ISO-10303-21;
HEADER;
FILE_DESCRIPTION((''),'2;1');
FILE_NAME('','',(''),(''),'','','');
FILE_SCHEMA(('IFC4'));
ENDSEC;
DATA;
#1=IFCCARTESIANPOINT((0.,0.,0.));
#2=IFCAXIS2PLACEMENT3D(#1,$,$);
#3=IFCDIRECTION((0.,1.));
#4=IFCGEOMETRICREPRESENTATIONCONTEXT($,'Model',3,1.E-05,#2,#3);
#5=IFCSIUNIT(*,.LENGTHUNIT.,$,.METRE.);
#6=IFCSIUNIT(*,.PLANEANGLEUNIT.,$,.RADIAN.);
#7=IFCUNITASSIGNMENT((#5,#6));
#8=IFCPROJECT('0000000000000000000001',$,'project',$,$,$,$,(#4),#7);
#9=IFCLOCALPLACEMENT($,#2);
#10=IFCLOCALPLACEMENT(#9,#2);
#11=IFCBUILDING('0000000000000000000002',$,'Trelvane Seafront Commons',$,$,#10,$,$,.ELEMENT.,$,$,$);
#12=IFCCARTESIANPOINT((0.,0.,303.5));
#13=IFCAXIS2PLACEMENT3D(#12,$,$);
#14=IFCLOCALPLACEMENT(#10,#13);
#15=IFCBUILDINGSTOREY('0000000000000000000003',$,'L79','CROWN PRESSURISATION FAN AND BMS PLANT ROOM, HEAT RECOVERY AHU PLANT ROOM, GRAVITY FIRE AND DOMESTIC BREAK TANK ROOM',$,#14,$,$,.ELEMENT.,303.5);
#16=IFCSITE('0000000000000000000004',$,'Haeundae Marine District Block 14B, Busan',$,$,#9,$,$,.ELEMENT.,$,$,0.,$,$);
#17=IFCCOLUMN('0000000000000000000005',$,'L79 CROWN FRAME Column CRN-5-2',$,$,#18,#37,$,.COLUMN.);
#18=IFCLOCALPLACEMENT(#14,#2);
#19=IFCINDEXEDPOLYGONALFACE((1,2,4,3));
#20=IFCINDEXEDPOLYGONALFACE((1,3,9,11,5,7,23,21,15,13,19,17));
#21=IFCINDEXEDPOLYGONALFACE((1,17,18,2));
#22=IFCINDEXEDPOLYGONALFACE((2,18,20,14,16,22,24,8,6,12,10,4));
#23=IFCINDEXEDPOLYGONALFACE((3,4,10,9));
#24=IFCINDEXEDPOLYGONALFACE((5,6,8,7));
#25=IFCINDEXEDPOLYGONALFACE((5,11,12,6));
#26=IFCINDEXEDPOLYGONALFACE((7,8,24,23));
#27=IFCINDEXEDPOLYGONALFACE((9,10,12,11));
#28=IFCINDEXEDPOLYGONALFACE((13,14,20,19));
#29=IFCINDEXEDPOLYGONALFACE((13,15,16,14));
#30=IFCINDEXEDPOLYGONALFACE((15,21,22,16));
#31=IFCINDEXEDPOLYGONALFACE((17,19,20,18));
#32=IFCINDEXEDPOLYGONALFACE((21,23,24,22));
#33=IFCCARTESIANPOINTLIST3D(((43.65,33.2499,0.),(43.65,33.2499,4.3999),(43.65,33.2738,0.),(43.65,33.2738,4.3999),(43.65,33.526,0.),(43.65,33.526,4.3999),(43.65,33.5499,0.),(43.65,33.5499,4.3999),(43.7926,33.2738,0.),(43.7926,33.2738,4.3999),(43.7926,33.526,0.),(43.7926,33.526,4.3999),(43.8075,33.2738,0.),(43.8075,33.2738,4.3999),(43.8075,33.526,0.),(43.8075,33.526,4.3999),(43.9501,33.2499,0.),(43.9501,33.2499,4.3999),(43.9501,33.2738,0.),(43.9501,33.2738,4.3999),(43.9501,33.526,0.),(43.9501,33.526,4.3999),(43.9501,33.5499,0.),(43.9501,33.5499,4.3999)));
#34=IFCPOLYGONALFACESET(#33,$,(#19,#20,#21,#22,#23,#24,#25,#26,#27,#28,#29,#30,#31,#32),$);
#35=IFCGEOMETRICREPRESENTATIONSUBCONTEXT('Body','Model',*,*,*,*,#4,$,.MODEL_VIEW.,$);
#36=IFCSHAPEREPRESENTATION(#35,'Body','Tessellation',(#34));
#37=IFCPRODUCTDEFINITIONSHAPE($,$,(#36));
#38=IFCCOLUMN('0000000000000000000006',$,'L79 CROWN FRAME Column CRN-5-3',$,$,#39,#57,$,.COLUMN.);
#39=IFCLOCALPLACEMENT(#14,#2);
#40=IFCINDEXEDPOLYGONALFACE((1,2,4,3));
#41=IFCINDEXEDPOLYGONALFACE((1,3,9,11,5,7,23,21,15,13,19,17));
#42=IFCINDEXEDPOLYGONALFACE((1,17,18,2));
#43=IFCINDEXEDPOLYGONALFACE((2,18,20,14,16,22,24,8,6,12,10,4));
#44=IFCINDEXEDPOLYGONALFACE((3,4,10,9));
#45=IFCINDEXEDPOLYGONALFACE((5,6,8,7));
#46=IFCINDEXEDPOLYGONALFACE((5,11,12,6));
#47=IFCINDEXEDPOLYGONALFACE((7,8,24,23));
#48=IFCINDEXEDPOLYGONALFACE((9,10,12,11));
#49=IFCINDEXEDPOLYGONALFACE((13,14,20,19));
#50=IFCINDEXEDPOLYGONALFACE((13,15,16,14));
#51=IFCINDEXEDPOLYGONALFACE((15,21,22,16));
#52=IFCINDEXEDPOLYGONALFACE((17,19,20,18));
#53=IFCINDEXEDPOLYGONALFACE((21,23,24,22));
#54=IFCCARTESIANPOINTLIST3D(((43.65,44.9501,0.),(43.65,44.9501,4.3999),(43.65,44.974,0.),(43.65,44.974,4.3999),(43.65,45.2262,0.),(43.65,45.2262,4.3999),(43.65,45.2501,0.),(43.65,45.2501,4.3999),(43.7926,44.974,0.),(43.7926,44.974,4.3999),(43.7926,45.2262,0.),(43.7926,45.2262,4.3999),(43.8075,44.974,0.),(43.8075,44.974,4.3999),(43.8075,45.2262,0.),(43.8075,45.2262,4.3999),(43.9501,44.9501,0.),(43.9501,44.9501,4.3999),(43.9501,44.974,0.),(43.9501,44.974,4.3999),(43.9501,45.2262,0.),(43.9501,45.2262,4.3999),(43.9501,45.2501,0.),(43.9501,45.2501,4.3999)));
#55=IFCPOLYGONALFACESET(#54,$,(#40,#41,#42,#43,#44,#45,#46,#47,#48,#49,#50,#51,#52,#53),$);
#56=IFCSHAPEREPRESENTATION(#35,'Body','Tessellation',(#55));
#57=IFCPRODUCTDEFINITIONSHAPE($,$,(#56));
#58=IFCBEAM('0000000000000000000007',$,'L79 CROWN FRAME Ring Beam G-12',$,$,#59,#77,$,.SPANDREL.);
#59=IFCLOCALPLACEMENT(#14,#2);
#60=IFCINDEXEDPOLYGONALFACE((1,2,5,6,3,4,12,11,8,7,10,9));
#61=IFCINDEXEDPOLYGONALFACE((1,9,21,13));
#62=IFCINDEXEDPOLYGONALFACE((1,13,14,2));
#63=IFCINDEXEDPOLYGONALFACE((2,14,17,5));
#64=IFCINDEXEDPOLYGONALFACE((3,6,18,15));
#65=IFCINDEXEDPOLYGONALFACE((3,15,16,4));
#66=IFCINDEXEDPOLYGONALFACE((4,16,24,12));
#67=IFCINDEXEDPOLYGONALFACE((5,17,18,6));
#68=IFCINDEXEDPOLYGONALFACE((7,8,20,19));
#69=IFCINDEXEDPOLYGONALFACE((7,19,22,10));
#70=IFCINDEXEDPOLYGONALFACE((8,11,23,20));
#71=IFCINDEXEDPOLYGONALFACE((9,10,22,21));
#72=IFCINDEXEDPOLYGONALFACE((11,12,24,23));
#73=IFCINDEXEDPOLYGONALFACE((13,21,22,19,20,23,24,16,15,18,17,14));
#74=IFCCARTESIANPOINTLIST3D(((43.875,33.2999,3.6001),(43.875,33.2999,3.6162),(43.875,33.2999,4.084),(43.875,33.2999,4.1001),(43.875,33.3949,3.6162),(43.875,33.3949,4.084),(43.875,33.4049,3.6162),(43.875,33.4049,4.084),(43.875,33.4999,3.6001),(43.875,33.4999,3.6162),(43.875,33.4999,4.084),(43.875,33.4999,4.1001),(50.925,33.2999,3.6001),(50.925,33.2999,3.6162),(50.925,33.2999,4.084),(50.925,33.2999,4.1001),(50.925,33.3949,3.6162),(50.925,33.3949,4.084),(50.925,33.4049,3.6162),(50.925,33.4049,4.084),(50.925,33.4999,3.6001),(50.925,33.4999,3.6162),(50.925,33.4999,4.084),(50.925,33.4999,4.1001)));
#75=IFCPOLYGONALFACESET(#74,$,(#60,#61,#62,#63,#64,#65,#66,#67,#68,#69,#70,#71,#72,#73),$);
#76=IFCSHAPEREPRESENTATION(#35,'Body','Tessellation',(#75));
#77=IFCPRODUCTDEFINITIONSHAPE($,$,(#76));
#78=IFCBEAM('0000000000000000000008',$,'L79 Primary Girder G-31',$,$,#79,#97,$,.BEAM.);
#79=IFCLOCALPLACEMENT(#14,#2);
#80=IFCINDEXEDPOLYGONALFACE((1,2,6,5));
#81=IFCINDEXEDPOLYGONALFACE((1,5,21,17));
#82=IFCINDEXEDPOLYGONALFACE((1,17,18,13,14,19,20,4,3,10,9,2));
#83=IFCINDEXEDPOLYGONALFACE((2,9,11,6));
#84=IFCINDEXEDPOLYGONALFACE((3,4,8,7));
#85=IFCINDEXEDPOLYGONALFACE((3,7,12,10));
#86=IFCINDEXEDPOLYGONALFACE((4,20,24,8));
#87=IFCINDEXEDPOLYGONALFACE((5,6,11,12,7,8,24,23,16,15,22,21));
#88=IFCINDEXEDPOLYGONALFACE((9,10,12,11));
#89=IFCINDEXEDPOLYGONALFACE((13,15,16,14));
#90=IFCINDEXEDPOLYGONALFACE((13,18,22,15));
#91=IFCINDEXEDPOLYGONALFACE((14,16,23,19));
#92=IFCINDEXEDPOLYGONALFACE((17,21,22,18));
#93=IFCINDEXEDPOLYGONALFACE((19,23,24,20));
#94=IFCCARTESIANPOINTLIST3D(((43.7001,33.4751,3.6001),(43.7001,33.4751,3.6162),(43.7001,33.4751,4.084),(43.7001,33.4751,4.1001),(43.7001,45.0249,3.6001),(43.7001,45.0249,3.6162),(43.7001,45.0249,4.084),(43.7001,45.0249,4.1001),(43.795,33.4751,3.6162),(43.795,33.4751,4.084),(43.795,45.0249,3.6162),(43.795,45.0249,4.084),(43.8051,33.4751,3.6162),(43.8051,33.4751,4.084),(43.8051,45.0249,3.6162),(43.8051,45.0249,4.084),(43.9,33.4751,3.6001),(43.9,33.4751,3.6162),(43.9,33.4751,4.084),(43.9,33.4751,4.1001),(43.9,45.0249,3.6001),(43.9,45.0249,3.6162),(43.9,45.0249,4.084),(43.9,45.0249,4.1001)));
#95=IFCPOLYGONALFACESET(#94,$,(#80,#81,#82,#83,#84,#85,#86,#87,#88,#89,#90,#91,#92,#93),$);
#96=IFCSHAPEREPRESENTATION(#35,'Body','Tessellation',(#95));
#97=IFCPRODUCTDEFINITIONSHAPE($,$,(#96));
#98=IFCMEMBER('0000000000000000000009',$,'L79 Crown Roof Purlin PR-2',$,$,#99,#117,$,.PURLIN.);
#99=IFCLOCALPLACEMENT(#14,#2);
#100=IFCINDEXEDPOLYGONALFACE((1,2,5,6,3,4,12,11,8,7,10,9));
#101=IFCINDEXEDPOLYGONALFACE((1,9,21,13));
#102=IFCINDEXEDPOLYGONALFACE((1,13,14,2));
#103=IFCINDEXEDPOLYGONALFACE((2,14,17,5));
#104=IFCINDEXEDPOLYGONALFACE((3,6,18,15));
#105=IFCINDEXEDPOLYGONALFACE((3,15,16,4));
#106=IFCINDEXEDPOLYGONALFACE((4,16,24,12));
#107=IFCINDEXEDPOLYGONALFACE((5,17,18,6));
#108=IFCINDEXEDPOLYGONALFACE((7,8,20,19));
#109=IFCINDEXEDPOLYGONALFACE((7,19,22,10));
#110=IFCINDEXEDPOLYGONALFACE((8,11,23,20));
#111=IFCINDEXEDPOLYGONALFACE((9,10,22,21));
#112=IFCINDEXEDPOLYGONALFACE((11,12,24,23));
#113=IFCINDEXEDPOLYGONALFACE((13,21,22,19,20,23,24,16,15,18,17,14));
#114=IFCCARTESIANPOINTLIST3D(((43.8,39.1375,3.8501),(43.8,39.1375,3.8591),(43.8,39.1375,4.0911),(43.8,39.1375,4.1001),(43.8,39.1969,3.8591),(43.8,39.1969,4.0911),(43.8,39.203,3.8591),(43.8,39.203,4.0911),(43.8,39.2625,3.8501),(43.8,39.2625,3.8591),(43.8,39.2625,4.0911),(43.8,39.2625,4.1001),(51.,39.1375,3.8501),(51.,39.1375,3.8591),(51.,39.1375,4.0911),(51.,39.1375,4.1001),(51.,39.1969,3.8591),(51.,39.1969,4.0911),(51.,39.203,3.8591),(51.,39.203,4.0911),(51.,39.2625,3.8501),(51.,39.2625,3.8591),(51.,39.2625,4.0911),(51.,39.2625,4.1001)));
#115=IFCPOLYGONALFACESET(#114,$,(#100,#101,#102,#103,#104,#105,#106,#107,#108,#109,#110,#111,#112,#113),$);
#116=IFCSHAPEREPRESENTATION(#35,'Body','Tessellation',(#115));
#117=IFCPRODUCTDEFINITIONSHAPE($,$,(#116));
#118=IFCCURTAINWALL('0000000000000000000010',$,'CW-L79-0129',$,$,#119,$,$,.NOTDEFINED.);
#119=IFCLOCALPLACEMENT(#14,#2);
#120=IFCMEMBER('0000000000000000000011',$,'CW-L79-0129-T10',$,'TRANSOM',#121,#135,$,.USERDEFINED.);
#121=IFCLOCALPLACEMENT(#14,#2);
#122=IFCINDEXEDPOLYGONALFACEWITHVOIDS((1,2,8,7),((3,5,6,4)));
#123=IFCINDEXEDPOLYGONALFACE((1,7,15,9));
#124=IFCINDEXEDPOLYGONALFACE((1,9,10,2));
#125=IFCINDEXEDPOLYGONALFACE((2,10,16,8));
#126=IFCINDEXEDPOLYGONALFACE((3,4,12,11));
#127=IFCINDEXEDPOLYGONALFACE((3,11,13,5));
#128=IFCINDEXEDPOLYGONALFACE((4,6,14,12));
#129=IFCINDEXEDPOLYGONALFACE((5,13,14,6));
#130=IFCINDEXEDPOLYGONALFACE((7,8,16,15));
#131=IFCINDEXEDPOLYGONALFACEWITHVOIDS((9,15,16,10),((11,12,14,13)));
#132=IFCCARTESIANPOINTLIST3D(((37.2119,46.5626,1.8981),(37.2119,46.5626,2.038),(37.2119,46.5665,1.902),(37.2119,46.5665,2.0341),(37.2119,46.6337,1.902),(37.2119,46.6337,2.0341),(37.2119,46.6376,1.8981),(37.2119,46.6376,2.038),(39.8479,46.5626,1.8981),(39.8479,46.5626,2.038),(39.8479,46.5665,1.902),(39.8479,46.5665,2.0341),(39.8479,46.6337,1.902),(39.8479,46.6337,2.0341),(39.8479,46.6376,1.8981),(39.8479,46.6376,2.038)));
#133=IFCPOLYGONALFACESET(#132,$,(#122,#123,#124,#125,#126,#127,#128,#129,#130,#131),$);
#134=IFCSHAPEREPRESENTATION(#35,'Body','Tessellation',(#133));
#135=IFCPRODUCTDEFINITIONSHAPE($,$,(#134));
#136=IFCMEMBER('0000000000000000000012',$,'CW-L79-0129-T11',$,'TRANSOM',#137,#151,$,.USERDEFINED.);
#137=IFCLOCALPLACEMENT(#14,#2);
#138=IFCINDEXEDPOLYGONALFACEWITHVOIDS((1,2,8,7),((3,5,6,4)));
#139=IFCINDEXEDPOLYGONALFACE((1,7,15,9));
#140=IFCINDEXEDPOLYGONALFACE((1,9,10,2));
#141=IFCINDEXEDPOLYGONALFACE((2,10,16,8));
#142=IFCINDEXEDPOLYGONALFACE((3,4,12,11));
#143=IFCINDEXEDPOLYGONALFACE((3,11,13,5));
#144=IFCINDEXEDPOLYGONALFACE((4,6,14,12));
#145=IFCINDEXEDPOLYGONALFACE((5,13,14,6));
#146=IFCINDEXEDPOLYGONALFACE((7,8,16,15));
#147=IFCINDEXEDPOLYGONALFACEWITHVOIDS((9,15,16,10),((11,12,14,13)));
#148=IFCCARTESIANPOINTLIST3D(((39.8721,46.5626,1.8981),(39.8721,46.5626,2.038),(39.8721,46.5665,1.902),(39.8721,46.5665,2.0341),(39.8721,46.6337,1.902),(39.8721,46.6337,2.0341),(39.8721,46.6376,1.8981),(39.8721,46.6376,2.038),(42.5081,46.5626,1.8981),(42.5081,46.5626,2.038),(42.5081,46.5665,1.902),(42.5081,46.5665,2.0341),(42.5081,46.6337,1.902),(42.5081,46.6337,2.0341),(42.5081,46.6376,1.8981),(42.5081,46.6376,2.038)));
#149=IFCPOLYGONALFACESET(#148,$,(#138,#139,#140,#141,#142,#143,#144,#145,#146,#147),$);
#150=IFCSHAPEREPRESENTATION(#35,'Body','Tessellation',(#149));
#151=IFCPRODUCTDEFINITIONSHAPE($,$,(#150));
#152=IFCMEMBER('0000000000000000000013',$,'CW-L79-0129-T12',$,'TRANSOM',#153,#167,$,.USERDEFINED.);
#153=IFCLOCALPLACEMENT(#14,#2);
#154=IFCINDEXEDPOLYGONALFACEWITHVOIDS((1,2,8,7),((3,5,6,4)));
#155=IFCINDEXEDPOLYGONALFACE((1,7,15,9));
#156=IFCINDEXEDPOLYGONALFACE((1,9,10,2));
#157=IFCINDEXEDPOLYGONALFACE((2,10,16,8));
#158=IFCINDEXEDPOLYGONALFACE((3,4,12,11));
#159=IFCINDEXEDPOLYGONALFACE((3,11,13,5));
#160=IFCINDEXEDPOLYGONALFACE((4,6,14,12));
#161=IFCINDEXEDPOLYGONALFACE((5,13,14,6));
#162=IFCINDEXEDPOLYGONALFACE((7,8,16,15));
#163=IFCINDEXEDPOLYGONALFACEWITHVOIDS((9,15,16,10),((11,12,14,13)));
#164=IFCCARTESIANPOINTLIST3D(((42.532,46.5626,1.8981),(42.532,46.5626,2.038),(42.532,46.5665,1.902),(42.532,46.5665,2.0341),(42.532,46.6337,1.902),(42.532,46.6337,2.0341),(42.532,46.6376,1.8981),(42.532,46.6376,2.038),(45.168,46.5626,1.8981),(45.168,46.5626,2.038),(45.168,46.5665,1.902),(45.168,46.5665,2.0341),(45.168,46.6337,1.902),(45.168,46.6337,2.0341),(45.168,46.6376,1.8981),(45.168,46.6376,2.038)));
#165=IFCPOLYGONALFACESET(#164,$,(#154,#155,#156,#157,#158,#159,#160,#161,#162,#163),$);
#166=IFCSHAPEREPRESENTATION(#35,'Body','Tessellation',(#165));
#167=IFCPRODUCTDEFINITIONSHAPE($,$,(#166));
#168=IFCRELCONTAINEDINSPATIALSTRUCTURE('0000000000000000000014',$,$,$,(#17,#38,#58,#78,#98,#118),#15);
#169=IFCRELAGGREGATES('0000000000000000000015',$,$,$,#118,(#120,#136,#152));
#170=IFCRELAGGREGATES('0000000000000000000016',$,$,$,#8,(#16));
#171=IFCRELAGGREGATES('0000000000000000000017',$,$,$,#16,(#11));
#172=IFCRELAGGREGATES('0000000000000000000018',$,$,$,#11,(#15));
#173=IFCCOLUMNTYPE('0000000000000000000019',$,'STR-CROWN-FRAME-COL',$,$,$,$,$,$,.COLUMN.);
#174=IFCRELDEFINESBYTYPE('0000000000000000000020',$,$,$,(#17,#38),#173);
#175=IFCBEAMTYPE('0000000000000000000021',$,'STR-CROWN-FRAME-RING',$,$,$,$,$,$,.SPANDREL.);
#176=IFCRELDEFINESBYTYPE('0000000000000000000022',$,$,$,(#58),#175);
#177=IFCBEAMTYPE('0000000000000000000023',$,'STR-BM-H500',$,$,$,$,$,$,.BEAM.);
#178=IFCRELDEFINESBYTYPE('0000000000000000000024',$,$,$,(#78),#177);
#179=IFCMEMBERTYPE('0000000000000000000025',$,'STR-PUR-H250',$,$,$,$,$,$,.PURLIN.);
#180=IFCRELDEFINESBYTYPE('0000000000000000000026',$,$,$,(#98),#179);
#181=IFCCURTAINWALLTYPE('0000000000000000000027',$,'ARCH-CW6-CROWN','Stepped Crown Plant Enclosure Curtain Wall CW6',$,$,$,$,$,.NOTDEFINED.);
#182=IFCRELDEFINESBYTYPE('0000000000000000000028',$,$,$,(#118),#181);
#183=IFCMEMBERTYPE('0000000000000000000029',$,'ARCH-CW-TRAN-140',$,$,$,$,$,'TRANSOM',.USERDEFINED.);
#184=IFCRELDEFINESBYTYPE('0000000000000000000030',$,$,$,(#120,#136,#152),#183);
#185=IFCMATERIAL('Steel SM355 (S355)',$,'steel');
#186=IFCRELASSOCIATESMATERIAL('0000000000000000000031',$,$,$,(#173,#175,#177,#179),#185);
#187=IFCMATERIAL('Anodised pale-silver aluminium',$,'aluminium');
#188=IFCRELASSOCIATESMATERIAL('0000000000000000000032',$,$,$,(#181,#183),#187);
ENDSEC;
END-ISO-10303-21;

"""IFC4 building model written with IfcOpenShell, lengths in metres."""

from ifc_helpers import new_model, si_unit, direction, frame, origin, origin_2d, place, context, subcontext, project, spatial, hollow_rectangle, i_section, extrude, source, transform, mapped, material, material_profile, profile_set, type_object, element, aggregate, save


model = new_model("IFC4")

# Units and contexts
model_context = context("Model", 3, precision=1e-05, world=origin(), true_north=direction((0.0, 1.0)))
body_context = subcontext(model_context, "Body", "Model", "MODEL_VIEW")
ifc_project = project(units=[si_unit("LENGTHUNIT", "METRE"), si_unit("PLANEANGLEUNIT", "RADIAN")], contexts=[model_context])

# Site, building, storey
site_placement = place(None, origin())
site = spatial("IfcSite", under=ifc_project, at=site_placement, Name="Haeundae Marine District Block 14B, Busan", CompositionType="ELEMENT", RefElevation=0.0)
building_placement = place(site_placement, origin())
building = spatial("IfcBuilding", under=site, at=building_placement, Name="Trelvane Seafront Commons", CompositionType="ELEMENT")
storey_placement = place(building_placement, frame((0.0, 0.0, 303.5)))
storey = spatial("IfcBuildingStorey", under=building, at=storey_placement, Name="L79", Description="CROWN PRESSURISATION FAN AND BMS PLANT ROOM, HEAT RECOVERY AHU PLANT ROOM, GRAVITY FIRE AND DOMESTIC BREAK TANK ROOM", CompositionType="ELEMENT", Elevation=303.5)

# Columns
ifc_material_1 = material(Name="Steel SM355 (S355)", Category="steel")
ifc_material_profile_1 = material_profile(ifc_material_1, i_section(OverallWidth=0.3, OverallDepth=0.3, WebThickness=0.0149, FlangeThickness=0.0239, at=origin_2d()), Name="HD-300x300x15x24")
ifc_profile_set_1 = profile_set([ifc_material_profile_1], Name="Steel SM355 (S355)")
column_type = type_object("IfcColumnType", Name="STR-CROWN-FRAME-COL", PredefinedType="COLUMN", material=ifc_profile_set_1)
shared_shape_1 = source(origin(), body_context, "Body", "SweptSolid", [
    extrude(i_section(OverallWidth=0.3, OverallDepth=0.3, WebThickness=0.0149, FlangeThickness=0.0239, at=origin_2d()), origin(), (0.0, 0.0, 1.0), 4.3999),
])
for number, where, z_axis, x_axis, name in (
    (1, (43.8, 33.3999, 0.0), (0.0, 0.0, 1.0), (1.0, 0.0, 0.0), "L79 CROWN FRAME Column CRN-5-2"),
    (2, (43.8, 45.1001, 0.0), (0.0, 0.0, 1.0), (1.0, 0.0, 0.0), "L79 CROWN FRAME Column CRN-5-3"),
):
    element("IfcColumn", number, at=place(storey_placement, frame(where, z_axis=z_axis, x_axis=x_axis)), inside=storey, type_object=column_type, Name=name, PredefinedType="COLUMN", context=body_context, shape_type="MappedRepresentation", body=[
        mapped(shared_shape_1, transform((0.0, 0.0, 0.0), x_axis=(1.0, 0.0, 0.0), y_axis=(0.0, 1.0, 0.0), z_axis=(0.0, 0.0, 1.0), scale=1.0)),
    ])

# Beams
ifc_material_profile_2 = material_profile(ifc_material_1, i_section(OverallWidth=0.2, OverallDepth=0.5, WebThickness=0.01, FlangeThickness=0.0161, at=origin_2d()), Name="H-500x200x10x16")
ifc_profile_set_2 = profile_set([ifc_material_profile_2], Name="Steel SM355 (S355)")
beam_type_1 = type_object("IfcBeamType", Name="STR-CROWN-FRAME-RING", PredefinedType="SPANDREL", material=ifc_profile_set_2)
shared_shape_2 = source(origin(), body_context, "Body", "SweptSolid", [
    extrude(i_section(OverallWidth=0.2, OverallDepth=0.5, WebThickness=0.01, FlangeThickness=0.0161, at=origin_2d()), origin(), (0.0, 0.0, 1.0), 7.05),
])
beam_1_placement = place(storey_placement, frame((43.875, 33.3999, 3.8501), z_axis=(1.0, 0.0, 0.0), x_axis=(0.0, 1.0, 0.0)))
element("IfcBeam", 3, at=beam_1_placement, inside=storey, type_object=beam_type_1, Name="L79 CROWN FRAME Ring Beam G-12", PredefinedType="SPANDREL", context=body_context, shape_type="MappedRepresentation", body=[
    mapped(shared_shape_2, transform((0.0, 0.0, 0.0), x_axis=(1.0, 0.0, 0.0), y_axis=(0.0, 1.0, 0.0), z_axis=(0.0, 0.0, 1.0), scale=1.0)),
])
ifc_material_profile_3 = material_profile(ifc_material_1, i_section(OverallWidth=0.2, OverallDepth=0.5, WebThickness=0.01, FlangeThickness=0.0161, at=origin_2d()), Name="H-500x200x10x16")
ifc_profile_set_3 = profile_set([ifc_material_profile_3], Name="Steel SM355 (S355)")
beam_type_2 = type_object("IfcBeamType", Name="STR-BM-H500", PredefinedType="BEAM", material=ifc_profile_set_3)
shared_shape_3 = source(origin(), body_context, "Body", "SweptSolid", [
    extrude(i_section(OverallWidth=0.2, OverallDepth=0.5, WebThickness=0.01, FlangeThickness=0.0161, at=origin_2d()), origin(), (0.0, 0.0, 1.0), 11.5498),
])
beam_2_placement = place(storey_placement, frame((43.8, 33.4751, 3.8501), z_axis=(0.0, 1.0, 0.0), x_axis=(-1.0, 0.0, 0.0)))
element("IfcBeam", 4, at=beam_2_placement, inside=storey, type_object=beam_type_2, Name="L79 Primary Girder G-31", PredefinedType="BEAM", context=body_context, shape_type="MappedRepresentation", body=[
    mapped(shared_shape_3, transform((0.0, 0.0, 0.0), x_axis=(1.0, 0.0, 0.0), y_axis=(0.0, 1.0, 0.0), z_axis=(0.0, 0.0, 1.0), scale=1.0)),
])

# Member
ifc_material_profile_4 = material_profile(ifc_material_1, i_section(OverallWidth=0.125, OverallDepth=0.25, WebThickness=0.0061, FlangeThickness=0.009, at=origin_2d()), Name="H-250x125x6x9")
ifc_profile_set_4 = profile_set([ifc_material_profile_4], Name="Steel SM355 (S355)")
member_type_1 = type_object("IfcMemberType", Name="STR-PUR-H250", PredefinedType="PURLIN", material=ifc_profile_set_4)
shared_shape_4 = source(origin(), body_context, "Body", "SweptSolid", [
    extrude(i_section(OverallWidth=0.125, OverallDepth=0.25, WebThickness=0.0061, FlangeThickness=0.009, at=origin_2d()), origin(), (0.0, 0.0, 1.0), 7.2),
])
member_1_placement = place(storey_placement, frame((43.8, 39.2, 3.9751), z_axis=(1.0, 0.0, 0.0), x_axis=(0.0, 1.0, 0.0)))
element("IfcMember", 5, at=member_1_placement, inside=storey, type_object=member_type_1, Name="L79 Crown Roof Purlin PR-2", PredefinedType="PURLIN", context=body_context, shape_type="MappedRepresentation", body=[
    mapped(shared_shape_4, transform((0.0, 0.0, 0.0), x_axis=(1.0, 0.0, 0.0), y_axis=(0.0, 1.0, 0.0), z_axis=(0.0, 0.0, 1.0), scale=1.0)),
])

# Curtain wall, members
ifc_material_2 = material(Name="Anodised pale-silver aluminium", Category="aluminium")
curtain_wall_type = type_object("IfcCurtainWallType", Name="ARCH-CW6-CROWN", Description="Stepped Crown Plant Enclosure Curtain Wall CW6", PredefinedType="NOTDEFINED", material=ifc_material_2)
curtain_wall_1_placement = place(storey_placement, origin())
curtain_wall_1 = element("IfcCurtainWall", 6, at=curtain_wall_1_placement, inside=storey, type_object=curtain_wall_type, Name="CW-L79-0129", PredefinedType="NOTDEFINED")
ifc_material_profile_5 = material_profile(ifc_material_2, hollow_rectangle(XDim=0.075, YDim=0.1399, WallThickness=0.0039, at=origin_2d()), Name="TRAN-75x140x4")
ifc_profile_set_5 = profile_set([ifc_material_profile_5], Name="Anodised pale-silver aluminium")
member_type_2 = type_object("IfcMemberType", Name="ARCH-CW-TRAN-140", ElementType="TRANSOM", PredefinedType="USERDEFINED", material=ifc_profile_set_5)
shared_shape_5 = source(origin(), body_context, "Body", "SweptSolid", [
    extrude(hollow_rectangle(XDim=0.075, YDim=0.1399, WallThickness=0.0039, at=origin_2d()), origin(), (0.0, 0.0, 1.0), 2.636),
])
member_2_placement = place(storey_placement, frame((37.2119, 46.6001, 1.968), z_axis=(1.0, 0.0, 0.0), x_axis=(0.0, 1.0, 0.0)))
member_2 = element("IfcMember", 7, at=member_2_placement, type_object=member_type_2, Name="CW-L79-0129-T10", ObjectType="TRANSOM", PredefinedType="USERDEFINED", context=body_context, shape_type="MappedRepresentation", body=[
    mapped(shared_shape_5, transform((0.0, 0.0, 0.0), x_axis=(1.0, 0.0, 0.0), y_axis=(0.0, 1.0, 0.0), z_axis=(0.0, 0.0, 1.0), scale=1.0)),
])
member_3_placement = place(storey_placement, frame((39.8721, 46.6001, 1.968), z_axis=(1.0, 0.0, 0.0), x_axis=(0.0, 1.0, 0.0)))
member_3 = element("IfcMember", 8, at=member_3_placement, type_object=member_type_2, Name="CW-L79-0129-T11", ObjectType="TRANSOM", PredefinedType="USERDEFINED", context=body_context, shape_type="MappedRepresentation", body=[
    mapped(shared_shape_5, transform((0.0, 0.0, 0.0), x_axis=(1.0, 0.0, 0.0), y_axis=(0.0, 1.0, 0.0), z_axis=(0.0, 0.0, 1.0), scale=1.0)),
])
member_4_placement = place(storey_placement, frame((42.532, 46.6001, 1.968), z_axis=(1.0, 0.0, 0.0), x_axis=(0.0, 1.0, 0.0)))
member_4 = element("IfcMember", 9, at=member_4_placement, type_object=member_type_2, Name="CW-L79-0129-T12", ObjectType="TRANSOM", PredefinedType="USERDEFINED", context=body_context, shape_type="MappedRepresentation", body=[
    mapped(shared_shape_5, transform((0.0, 0.0, 0.0), x_axis=(1.0, 0.0, 0.0), y_axis=(0.0, 1.0, 0.0), z_axis=(0.0, 0.0, 1.0), scale=1.0)),
])

aggregate(curtain_wall_1, [member_2, member_3, member_4])

save(model, "model.ifc")
